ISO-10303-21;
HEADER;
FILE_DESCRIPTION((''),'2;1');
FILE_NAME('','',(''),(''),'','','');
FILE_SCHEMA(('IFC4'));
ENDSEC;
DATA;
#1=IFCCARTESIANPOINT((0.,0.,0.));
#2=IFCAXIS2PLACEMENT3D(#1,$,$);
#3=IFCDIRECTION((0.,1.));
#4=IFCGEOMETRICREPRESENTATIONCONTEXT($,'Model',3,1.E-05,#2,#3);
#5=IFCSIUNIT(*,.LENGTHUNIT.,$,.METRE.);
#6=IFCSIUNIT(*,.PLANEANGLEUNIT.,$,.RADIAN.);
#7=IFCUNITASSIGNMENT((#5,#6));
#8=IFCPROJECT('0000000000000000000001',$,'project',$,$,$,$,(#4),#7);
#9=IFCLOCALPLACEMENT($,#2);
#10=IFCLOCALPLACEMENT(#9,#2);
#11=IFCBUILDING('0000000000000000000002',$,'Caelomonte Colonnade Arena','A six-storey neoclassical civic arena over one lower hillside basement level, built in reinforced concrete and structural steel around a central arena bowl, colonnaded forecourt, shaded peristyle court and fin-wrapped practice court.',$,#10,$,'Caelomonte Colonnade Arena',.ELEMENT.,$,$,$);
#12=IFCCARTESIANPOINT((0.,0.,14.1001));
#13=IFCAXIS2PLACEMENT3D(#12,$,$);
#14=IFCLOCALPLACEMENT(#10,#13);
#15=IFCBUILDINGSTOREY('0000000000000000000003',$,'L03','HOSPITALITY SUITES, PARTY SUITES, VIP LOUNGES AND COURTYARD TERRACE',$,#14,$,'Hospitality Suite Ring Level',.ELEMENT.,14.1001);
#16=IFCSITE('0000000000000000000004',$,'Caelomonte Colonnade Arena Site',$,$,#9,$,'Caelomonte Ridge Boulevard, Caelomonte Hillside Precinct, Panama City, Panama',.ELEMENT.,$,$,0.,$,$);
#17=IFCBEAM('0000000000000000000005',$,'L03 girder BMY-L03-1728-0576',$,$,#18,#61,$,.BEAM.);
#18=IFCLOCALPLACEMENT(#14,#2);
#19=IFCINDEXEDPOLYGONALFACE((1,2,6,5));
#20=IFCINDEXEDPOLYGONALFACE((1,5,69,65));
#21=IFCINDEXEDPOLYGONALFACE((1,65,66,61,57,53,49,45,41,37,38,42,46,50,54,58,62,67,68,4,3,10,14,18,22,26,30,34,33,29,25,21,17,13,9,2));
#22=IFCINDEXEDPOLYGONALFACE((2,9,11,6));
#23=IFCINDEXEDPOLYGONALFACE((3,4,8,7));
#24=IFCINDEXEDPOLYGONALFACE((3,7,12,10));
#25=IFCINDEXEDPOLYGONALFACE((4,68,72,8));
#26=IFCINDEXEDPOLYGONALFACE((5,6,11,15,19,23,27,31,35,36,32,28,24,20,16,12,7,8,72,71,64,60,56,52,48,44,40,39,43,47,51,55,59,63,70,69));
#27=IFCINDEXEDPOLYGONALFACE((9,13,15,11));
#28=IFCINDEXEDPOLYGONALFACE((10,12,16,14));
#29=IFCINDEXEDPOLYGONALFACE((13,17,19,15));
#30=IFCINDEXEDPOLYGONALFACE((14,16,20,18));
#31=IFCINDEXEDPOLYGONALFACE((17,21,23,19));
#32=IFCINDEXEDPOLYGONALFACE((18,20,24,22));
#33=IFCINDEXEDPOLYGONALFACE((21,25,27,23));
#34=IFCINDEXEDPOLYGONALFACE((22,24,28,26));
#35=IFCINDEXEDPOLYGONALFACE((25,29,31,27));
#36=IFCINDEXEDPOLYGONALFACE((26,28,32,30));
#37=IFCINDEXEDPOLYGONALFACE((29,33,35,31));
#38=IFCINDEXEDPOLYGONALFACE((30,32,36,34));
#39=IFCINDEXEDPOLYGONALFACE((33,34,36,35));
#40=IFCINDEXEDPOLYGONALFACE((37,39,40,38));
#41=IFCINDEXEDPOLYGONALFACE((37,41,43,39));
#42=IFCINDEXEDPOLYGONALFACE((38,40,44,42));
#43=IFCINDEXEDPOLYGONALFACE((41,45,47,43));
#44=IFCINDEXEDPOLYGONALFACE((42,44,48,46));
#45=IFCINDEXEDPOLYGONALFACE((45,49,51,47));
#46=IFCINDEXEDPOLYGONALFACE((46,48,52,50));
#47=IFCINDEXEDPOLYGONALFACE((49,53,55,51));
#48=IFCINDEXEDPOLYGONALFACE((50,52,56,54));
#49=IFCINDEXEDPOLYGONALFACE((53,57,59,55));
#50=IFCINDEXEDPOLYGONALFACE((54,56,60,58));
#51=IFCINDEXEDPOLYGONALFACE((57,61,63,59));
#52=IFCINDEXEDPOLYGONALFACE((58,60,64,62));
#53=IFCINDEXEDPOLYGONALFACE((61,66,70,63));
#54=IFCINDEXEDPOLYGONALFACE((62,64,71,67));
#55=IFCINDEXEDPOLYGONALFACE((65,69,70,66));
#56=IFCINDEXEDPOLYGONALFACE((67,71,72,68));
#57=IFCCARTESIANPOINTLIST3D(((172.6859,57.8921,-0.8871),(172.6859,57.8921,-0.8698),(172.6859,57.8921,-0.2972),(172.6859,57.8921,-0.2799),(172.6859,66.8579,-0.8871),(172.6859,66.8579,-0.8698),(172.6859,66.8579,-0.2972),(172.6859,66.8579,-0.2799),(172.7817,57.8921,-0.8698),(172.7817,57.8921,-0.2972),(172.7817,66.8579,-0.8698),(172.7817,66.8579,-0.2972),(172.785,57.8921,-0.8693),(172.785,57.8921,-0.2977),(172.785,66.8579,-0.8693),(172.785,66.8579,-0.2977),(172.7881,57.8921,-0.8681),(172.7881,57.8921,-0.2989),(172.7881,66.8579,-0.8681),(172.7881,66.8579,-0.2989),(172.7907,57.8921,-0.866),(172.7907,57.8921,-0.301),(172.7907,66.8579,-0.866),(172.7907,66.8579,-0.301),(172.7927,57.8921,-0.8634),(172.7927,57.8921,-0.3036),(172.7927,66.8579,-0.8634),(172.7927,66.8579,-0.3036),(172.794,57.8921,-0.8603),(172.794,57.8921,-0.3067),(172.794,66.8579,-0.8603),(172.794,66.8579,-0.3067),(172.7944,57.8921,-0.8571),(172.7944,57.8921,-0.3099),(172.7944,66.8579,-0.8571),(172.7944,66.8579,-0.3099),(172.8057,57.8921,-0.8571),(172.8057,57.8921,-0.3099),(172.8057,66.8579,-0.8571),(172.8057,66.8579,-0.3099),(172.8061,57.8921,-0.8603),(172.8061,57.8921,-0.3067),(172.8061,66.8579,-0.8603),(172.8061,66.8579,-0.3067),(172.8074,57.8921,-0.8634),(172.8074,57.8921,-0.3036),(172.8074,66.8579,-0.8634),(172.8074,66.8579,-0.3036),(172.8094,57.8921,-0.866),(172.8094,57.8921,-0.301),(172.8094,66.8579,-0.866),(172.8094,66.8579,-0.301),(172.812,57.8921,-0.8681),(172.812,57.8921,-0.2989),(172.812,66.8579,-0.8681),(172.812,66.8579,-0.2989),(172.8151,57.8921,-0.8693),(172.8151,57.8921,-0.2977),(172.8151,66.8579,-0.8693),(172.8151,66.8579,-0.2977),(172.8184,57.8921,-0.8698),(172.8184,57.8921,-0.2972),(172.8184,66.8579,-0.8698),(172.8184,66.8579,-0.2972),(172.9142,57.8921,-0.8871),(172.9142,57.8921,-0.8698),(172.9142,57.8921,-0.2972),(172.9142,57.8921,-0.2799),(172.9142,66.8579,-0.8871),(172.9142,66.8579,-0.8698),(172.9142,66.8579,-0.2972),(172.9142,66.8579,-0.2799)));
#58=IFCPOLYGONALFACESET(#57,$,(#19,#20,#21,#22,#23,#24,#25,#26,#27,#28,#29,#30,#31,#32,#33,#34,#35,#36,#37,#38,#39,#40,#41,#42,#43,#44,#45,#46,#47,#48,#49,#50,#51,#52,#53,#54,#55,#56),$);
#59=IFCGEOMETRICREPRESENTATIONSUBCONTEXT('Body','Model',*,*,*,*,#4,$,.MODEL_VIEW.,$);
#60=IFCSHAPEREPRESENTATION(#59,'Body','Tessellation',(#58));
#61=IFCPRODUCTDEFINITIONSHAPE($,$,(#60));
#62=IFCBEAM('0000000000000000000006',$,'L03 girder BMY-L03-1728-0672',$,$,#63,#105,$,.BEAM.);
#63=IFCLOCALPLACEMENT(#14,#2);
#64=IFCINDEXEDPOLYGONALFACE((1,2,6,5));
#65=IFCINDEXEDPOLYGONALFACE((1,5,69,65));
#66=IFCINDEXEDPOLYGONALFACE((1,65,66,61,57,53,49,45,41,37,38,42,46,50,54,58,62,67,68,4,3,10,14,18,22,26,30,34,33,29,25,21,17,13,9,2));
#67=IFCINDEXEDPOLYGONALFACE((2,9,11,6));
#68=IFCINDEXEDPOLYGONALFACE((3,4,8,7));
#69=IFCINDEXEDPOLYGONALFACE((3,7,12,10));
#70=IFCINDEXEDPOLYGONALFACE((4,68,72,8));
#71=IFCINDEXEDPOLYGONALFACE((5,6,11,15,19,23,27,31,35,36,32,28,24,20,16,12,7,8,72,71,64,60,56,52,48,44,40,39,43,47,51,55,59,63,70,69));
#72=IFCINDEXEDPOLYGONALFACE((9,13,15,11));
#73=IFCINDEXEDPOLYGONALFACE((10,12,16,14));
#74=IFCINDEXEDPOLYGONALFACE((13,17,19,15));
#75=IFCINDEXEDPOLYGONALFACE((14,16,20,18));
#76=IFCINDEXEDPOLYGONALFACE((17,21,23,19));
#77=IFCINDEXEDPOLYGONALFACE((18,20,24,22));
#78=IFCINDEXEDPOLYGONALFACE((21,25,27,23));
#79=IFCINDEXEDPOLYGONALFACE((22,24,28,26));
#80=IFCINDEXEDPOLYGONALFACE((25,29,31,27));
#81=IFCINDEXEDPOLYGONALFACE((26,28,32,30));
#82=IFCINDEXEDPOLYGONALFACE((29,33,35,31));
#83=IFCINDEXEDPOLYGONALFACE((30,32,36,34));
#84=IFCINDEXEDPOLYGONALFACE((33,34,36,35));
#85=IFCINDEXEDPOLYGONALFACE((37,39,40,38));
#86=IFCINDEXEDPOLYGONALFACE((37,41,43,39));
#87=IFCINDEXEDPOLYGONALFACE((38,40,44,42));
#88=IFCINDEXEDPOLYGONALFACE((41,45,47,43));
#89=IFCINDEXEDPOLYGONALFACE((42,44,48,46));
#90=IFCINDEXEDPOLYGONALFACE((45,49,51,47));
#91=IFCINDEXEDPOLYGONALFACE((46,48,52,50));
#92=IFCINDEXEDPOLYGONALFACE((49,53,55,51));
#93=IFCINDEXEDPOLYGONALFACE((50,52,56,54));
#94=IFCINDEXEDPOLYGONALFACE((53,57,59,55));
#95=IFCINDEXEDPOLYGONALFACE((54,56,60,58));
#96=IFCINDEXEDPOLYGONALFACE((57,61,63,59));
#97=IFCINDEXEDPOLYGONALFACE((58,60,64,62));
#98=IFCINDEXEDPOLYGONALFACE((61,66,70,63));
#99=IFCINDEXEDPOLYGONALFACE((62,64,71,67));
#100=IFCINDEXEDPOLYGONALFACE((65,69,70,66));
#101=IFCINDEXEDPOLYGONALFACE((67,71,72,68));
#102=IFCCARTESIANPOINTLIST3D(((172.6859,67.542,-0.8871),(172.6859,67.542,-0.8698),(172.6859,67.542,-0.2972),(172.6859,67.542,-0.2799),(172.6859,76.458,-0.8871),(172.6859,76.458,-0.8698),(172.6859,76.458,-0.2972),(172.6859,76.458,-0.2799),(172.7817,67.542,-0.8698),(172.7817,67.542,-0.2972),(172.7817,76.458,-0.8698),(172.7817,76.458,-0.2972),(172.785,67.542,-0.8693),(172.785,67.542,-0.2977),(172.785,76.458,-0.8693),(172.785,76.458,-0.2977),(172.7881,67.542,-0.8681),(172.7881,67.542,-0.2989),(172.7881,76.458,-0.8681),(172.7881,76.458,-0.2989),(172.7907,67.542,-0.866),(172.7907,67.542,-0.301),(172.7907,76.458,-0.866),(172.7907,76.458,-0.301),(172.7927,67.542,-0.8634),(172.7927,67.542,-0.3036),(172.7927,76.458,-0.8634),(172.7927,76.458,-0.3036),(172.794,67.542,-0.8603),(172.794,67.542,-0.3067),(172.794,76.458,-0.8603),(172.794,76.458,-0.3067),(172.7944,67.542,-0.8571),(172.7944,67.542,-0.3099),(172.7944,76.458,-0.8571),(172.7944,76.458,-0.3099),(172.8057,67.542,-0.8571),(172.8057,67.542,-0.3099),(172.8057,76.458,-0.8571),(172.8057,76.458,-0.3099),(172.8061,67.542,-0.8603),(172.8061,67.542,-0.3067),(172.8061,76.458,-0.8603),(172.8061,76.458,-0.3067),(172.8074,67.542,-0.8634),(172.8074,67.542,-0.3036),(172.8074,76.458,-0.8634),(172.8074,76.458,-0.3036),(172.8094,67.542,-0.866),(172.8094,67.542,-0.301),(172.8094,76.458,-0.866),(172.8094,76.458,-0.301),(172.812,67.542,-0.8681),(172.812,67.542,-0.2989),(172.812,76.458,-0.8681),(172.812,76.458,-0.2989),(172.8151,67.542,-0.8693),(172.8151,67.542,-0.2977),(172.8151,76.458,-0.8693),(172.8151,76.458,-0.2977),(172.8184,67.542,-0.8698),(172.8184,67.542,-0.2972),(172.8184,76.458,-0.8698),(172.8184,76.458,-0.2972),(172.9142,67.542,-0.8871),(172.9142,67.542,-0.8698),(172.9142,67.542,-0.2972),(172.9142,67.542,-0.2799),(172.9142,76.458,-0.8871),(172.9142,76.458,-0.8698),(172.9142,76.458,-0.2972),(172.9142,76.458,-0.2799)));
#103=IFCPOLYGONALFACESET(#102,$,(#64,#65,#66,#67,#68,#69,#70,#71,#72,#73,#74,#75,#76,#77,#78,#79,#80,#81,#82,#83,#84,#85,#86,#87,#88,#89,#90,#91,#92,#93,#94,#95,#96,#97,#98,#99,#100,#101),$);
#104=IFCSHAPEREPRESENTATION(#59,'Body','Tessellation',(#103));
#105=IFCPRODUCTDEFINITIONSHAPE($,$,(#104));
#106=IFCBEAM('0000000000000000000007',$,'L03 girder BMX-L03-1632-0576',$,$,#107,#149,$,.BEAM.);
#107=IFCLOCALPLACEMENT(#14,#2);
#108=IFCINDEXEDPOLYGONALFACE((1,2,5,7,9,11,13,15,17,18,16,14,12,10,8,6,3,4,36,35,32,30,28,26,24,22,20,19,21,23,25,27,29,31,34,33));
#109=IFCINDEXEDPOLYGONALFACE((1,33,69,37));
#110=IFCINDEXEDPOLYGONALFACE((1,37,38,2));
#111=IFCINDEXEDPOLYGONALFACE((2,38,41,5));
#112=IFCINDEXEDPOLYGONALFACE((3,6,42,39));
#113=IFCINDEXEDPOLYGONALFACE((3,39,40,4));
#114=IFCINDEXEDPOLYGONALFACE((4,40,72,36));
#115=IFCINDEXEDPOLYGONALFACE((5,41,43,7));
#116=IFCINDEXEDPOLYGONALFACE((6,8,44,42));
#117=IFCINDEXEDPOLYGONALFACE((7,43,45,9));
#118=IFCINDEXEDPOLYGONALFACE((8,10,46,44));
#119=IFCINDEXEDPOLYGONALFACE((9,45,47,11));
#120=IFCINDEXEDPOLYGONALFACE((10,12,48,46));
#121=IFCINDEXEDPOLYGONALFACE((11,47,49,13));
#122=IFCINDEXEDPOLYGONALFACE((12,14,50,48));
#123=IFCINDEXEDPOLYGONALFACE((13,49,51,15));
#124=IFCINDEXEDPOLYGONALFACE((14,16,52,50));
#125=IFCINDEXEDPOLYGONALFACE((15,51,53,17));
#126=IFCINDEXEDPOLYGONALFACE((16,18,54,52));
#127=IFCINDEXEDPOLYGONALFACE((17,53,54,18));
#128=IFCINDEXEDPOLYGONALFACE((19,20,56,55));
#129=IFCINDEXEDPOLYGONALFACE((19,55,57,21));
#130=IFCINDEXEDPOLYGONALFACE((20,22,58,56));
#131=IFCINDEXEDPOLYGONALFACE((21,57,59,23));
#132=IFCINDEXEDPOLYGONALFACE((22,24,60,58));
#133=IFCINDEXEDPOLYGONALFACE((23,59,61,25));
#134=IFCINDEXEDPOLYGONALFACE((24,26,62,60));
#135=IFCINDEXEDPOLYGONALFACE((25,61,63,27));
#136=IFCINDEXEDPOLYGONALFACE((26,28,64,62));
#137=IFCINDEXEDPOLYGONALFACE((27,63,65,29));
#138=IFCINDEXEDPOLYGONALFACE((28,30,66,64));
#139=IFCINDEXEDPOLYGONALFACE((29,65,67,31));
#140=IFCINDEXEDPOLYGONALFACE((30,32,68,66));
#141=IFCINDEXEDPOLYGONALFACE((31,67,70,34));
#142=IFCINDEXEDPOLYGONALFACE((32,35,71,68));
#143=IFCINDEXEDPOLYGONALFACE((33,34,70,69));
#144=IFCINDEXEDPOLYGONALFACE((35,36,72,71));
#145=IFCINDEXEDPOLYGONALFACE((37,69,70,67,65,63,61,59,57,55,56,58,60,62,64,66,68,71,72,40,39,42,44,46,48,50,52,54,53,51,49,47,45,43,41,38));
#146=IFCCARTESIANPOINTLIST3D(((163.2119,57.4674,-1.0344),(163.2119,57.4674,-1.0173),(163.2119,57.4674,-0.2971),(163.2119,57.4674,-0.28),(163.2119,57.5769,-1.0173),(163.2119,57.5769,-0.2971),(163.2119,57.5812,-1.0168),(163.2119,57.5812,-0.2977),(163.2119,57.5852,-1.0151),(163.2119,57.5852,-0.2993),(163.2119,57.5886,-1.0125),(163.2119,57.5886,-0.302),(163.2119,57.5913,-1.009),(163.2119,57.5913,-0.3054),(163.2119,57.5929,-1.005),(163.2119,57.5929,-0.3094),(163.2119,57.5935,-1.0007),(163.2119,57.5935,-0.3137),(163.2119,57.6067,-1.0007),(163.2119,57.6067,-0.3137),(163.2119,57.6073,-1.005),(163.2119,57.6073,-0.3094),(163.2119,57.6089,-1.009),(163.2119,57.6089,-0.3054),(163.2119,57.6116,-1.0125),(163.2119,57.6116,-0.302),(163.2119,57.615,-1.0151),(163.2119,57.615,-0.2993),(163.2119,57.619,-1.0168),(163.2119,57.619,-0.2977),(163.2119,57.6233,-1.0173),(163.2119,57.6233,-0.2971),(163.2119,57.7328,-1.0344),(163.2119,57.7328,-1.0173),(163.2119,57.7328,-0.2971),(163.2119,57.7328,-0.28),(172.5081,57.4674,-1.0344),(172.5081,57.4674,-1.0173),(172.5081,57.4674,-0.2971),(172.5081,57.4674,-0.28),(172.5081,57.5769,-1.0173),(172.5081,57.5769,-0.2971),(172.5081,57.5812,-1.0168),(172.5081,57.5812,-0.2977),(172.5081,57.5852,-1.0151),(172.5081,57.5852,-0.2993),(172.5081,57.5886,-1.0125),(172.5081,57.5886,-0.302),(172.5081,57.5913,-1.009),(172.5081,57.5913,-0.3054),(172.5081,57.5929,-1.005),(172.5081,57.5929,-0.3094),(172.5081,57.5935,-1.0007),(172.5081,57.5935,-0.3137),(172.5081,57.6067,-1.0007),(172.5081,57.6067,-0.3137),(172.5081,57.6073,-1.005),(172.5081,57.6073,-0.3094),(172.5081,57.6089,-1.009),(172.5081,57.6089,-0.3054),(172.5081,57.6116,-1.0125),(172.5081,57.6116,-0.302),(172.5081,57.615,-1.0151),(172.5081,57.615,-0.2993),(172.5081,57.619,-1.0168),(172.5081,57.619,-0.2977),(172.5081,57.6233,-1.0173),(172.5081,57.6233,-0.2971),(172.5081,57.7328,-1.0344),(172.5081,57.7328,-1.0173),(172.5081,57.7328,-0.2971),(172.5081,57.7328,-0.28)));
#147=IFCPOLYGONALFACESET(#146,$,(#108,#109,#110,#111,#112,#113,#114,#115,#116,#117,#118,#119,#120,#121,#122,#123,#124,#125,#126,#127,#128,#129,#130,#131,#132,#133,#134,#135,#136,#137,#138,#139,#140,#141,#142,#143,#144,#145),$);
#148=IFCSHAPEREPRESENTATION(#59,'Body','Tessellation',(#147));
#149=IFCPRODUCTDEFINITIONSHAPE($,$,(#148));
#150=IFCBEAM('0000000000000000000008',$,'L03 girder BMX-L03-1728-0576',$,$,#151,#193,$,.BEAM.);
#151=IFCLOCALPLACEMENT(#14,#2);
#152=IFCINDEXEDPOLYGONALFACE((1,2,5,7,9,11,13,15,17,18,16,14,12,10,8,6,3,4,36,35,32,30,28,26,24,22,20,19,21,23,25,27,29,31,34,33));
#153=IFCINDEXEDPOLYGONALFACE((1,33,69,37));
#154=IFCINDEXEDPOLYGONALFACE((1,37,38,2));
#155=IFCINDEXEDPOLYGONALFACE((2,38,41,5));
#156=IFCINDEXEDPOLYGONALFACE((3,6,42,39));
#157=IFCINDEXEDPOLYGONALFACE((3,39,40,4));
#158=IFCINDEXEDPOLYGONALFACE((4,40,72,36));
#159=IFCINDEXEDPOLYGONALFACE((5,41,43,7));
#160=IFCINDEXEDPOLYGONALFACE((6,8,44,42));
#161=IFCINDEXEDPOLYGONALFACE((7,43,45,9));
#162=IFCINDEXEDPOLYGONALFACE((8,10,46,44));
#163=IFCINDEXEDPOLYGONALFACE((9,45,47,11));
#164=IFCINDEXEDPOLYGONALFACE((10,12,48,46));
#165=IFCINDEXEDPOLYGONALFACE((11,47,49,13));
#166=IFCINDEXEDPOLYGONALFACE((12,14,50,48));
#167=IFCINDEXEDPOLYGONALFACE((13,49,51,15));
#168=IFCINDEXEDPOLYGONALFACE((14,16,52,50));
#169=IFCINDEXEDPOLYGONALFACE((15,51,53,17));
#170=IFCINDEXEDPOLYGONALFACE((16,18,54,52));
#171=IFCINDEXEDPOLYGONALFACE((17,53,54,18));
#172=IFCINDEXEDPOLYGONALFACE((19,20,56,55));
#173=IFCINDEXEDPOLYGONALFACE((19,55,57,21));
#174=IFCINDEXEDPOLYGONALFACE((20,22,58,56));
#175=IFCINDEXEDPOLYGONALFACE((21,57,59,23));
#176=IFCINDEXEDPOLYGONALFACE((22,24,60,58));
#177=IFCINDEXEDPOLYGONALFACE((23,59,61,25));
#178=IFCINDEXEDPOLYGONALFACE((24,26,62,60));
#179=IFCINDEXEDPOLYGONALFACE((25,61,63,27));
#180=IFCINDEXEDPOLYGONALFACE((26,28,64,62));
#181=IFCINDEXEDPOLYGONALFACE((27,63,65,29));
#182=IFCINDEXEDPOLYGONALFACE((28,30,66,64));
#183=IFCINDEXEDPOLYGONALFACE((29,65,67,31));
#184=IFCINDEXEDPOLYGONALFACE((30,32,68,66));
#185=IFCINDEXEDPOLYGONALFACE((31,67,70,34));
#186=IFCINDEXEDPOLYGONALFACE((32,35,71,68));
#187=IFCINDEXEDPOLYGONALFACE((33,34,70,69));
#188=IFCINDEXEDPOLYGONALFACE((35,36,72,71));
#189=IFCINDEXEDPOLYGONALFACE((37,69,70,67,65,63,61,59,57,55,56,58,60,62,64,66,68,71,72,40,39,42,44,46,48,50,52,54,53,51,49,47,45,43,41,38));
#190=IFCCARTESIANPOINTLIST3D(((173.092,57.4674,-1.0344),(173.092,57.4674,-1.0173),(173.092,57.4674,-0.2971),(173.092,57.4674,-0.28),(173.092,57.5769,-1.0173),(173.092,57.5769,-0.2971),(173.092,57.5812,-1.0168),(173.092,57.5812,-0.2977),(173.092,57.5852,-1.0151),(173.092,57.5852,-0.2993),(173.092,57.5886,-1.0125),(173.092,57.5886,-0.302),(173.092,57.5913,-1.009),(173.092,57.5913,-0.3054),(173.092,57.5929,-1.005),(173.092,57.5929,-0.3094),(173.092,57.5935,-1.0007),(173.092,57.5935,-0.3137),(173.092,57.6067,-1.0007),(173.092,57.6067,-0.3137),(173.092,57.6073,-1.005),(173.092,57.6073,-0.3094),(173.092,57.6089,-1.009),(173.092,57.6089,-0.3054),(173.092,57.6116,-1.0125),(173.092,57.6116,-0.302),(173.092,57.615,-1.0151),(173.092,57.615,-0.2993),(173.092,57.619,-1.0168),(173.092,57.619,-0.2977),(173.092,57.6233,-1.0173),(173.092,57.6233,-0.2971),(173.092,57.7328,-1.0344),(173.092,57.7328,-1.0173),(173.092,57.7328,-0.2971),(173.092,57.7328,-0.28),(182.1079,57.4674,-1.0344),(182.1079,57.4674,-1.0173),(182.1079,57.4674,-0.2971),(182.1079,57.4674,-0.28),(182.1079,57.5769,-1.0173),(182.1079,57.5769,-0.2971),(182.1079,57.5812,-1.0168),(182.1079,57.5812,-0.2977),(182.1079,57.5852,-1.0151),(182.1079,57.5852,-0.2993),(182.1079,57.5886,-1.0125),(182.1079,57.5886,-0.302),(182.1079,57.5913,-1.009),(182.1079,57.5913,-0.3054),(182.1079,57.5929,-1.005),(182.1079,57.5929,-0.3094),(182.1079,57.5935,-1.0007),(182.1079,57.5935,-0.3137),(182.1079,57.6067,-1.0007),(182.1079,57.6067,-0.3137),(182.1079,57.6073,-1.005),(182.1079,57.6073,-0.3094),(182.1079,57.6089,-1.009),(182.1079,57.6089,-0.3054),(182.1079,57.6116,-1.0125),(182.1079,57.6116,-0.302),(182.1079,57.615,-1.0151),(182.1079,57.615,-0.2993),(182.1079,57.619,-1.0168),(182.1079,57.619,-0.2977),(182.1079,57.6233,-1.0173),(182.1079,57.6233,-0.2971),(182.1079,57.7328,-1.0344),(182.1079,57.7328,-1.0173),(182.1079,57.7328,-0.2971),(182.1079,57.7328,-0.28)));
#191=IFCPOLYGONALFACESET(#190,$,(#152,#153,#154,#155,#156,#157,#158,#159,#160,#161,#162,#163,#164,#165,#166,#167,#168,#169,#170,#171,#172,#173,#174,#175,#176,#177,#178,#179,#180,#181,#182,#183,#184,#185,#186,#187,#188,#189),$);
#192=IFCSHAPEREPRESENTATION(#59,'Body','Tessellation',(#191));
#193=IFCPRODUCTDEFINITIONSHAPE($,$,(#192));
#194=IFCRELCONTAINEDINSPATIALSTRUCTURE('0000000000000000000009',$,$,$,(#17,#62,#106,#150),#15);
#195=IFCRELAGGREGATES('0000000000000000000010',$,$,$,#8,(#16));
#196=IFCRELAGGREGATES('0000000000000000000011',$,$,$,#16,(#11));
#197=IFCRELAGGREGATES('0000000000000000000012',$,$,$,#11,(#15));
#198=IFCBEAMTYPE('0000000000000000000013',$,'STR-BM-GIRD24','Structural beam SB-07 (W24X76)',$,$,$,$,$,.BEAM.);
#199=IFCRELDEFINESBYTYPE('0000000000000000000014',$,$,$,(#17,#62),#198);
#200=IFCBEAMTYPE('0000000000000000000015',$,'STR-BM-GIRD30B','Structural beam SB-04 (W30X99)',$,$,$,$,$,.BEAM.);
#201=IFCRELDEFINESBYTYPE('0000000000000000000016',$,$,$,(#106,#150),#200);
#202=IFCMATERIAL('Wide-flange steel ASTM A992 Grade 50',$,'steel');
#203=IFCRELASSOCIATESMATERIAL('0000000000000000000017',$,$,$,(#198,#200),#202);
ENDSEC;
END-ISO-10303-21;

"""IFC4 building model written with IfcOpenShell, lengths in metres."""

from ifc_helpers import new_model, si_unit, direction, frame, origin, origin_2d, place, context, subcontext, project, spatial, i_section, extrude, material, material_profile, profile_set, type_object, element, save


model = new_model("IFC4")

# Units and contexts
model_context = context("Model", 3, precision=1e-05, world=origin(), true_north=direction((0.0, 1.0)))
body_context = subcontext(model_context, "Body", "Model", "MODEL_VIEW")
ifc_project = project(units=[si_unit("LENGTHUNIT", "METRE"), si_unit("PLANEANGLEUNIT", "RADIAN")], contexts=[model_context])

# Site, building, storey
site_placement = place(None, origin())
site = spatial("IfcSite", under=ifc_project, at=site_placement, Name="Caelomonte Colonnade Arena Site", LongName="Caelomonte Ridge Boulevard, Caelomonte Hillside Precinct, Panama City, Panama", CompositionType="ELEMENT", RefElevation=0.0)
building_placement = place(site_placement, origin())
building = spatial("IfcBuilding", under=site, at=building_placement, Name="Caelomonte Colonnade Arena", Description="A six-storey neoclassical civic arena over one lower hillside basement level, built in reinforced concrete and structural steel around a central arena bowl, colonnaded forecourt, shaded peristyle court and fin-wrapped practice court.", LongName="Caelomonte Colonnade Arena", CompositionType="ELEMENT")
storey_placement = place(building_placement, frame((0.0, 0.0, 14.1001)))
storey = spatial("IfcBuildingStorey", under=building, at=storey_placement, Name="L03", Description="HOSPITALITY SUITES, PARTY SUITES, VIP LOUNGES AND COURTYARD TERRACE", LongName="Hospitality Suite Ring Level", CompositionType="ELEMENT", Elevation=14.1001)

# Shared definitions
ifc_material_1 = material(Name="Wide-flange steel ASTM A992 Grade 50", Category="steel")

# Beams
ifc_material_profile_1 = material_profile(ifc_material_1, i_section(OverallWidth=0.2283, OverallDepth=0.6072, WebThickness=0.0112, FlangeThickness=0.0173, FilletRadius=0.0127, at=origin_2d()), Name="W24X76")
ifc_profile_set_1 = profile_set([ifc_material_profile_1], Name="Wide-flange steel ASTM A992 Grade 50")
beam_type_1 = type_object("IfcBeamType", Name="STR-BM-GIRD24", Description="Structural beam SB-07 (W24X76)", PredefinedType="BEAM", material=ifc_profile_set_1)
beam_1_placement = place(storey_placement, frame((172.8, 57.8921, -0.5835), z_axis=(0.0, 1.0, 0.0), x_axis=(-1.0, 0.0, 0.0)))
element("IfcBeam", 1, at=beam_1_placement, inside=storey, type_object=beam_type_1, Name="L03 girder BMY-L03-1728-0576", PredefinedType="BEAM", context=body_context, shape_type="SweptSolid", body=[
    extrude(i_section(OverallWidth=0.2283, OverallDepth=0.6072, WebThickness=0.0112, FlangeThickness=0.0173, FilletRadius=0.0127, at=origin_2d()), origin(), (0.0, 0.0, 1.0), 8.9658),
])
beam_2_placement = place(storey_placement, frame((172.8, 67.542, -0.5835), z_axis=(0.0, 1.0, 0.0), x_axis=(-1.0, 0.0, 0.0)))
element("IfcBeam", 2, at=beam_2_placement, inside=storey, type_object=beam_type_1, Name="L03 girder BMY-L03-1728-0672", PredefinedType="BEAM", context=body_context, shape_type="SweptSolid", body=[
    extrude(i_section(OverallWidth=0.2283, OverallDepth=0.6072, WebThickness=0.0112, FlangeThickness=0.0173, FilletRadius=0.0127, at=origin_2d()), origin(), (0.0, 0.0, 1.0), 8.916),
])
ifc_material_profile_2 = material_profile(ifc_material_1, i_section(OverallWidth=0.2654, OverallDepth=0.7544, WebThickness=0.0132, FlangeThickness=0.0171, FilletRadius=0.0166, at=origin_2d()), Name="W30X99")
ifc_profile_set_2 = profile_set([ifc_material_profile_2], Name="Wide-flange steel ASTM A992 Grade 50")
beam_type_2 = type_object("IfcBeamType", Name="STR-BM-GIRD30B", Description="Structural beam SB-04 (W30X99)", PredefinedType="BEAM", material=ifc_profile_set_2)
beam_3_placement = place(storey_placement, frame((163.2119, 57.6001, -0.6572), z_axis=(1.0, 0.0, 0.0), x_axis=(0.0, 1.0, 0.0)))
element("IfcBeam", 3, at=beam_3_placement, inside=storey, type_object=beam_type_2, Name="L03 girder BMX-L03-1632-0576", PredefinedType="BEAM", context=body_context, shape_type="SweptSolid", body=[
    extrude(i_section(OverallWidth=0.2654, OverallDepth=0.7544, WebThickness=0.0132, FlangeThickness=0.0171, FilletRadius=0.0166, at=origin_2d()), origin(), (0.0, 0.0, 1.0), 9.2961),
])
beam_4_placement = place(storey_placement, frame((173.092, 57.6001, -0.6572), z_axis=(1.0, 0.0, 0.0), x_axis=(0.0, 1.0, 0.0)))
element("IfcBeam", 4, at=beam_4_placement, inside=storey, type_object=beam_type_2, Name="L03 girder BMX-L03-1728-0576", PredefinedType="BEAM", context=body_context, shape_type="SweptSolid", body=[
    extrude(i_section(OverallWidth=0.2654, OverallDepth=0.7544, WebThickness=0.0132, FlangeThickness=0.0171, FilletRadius=0.0166, at=origin_2d()), origin(), (0.0, 0.0, 1.0), 9.0159),
])

save(model, "model.ifc")
